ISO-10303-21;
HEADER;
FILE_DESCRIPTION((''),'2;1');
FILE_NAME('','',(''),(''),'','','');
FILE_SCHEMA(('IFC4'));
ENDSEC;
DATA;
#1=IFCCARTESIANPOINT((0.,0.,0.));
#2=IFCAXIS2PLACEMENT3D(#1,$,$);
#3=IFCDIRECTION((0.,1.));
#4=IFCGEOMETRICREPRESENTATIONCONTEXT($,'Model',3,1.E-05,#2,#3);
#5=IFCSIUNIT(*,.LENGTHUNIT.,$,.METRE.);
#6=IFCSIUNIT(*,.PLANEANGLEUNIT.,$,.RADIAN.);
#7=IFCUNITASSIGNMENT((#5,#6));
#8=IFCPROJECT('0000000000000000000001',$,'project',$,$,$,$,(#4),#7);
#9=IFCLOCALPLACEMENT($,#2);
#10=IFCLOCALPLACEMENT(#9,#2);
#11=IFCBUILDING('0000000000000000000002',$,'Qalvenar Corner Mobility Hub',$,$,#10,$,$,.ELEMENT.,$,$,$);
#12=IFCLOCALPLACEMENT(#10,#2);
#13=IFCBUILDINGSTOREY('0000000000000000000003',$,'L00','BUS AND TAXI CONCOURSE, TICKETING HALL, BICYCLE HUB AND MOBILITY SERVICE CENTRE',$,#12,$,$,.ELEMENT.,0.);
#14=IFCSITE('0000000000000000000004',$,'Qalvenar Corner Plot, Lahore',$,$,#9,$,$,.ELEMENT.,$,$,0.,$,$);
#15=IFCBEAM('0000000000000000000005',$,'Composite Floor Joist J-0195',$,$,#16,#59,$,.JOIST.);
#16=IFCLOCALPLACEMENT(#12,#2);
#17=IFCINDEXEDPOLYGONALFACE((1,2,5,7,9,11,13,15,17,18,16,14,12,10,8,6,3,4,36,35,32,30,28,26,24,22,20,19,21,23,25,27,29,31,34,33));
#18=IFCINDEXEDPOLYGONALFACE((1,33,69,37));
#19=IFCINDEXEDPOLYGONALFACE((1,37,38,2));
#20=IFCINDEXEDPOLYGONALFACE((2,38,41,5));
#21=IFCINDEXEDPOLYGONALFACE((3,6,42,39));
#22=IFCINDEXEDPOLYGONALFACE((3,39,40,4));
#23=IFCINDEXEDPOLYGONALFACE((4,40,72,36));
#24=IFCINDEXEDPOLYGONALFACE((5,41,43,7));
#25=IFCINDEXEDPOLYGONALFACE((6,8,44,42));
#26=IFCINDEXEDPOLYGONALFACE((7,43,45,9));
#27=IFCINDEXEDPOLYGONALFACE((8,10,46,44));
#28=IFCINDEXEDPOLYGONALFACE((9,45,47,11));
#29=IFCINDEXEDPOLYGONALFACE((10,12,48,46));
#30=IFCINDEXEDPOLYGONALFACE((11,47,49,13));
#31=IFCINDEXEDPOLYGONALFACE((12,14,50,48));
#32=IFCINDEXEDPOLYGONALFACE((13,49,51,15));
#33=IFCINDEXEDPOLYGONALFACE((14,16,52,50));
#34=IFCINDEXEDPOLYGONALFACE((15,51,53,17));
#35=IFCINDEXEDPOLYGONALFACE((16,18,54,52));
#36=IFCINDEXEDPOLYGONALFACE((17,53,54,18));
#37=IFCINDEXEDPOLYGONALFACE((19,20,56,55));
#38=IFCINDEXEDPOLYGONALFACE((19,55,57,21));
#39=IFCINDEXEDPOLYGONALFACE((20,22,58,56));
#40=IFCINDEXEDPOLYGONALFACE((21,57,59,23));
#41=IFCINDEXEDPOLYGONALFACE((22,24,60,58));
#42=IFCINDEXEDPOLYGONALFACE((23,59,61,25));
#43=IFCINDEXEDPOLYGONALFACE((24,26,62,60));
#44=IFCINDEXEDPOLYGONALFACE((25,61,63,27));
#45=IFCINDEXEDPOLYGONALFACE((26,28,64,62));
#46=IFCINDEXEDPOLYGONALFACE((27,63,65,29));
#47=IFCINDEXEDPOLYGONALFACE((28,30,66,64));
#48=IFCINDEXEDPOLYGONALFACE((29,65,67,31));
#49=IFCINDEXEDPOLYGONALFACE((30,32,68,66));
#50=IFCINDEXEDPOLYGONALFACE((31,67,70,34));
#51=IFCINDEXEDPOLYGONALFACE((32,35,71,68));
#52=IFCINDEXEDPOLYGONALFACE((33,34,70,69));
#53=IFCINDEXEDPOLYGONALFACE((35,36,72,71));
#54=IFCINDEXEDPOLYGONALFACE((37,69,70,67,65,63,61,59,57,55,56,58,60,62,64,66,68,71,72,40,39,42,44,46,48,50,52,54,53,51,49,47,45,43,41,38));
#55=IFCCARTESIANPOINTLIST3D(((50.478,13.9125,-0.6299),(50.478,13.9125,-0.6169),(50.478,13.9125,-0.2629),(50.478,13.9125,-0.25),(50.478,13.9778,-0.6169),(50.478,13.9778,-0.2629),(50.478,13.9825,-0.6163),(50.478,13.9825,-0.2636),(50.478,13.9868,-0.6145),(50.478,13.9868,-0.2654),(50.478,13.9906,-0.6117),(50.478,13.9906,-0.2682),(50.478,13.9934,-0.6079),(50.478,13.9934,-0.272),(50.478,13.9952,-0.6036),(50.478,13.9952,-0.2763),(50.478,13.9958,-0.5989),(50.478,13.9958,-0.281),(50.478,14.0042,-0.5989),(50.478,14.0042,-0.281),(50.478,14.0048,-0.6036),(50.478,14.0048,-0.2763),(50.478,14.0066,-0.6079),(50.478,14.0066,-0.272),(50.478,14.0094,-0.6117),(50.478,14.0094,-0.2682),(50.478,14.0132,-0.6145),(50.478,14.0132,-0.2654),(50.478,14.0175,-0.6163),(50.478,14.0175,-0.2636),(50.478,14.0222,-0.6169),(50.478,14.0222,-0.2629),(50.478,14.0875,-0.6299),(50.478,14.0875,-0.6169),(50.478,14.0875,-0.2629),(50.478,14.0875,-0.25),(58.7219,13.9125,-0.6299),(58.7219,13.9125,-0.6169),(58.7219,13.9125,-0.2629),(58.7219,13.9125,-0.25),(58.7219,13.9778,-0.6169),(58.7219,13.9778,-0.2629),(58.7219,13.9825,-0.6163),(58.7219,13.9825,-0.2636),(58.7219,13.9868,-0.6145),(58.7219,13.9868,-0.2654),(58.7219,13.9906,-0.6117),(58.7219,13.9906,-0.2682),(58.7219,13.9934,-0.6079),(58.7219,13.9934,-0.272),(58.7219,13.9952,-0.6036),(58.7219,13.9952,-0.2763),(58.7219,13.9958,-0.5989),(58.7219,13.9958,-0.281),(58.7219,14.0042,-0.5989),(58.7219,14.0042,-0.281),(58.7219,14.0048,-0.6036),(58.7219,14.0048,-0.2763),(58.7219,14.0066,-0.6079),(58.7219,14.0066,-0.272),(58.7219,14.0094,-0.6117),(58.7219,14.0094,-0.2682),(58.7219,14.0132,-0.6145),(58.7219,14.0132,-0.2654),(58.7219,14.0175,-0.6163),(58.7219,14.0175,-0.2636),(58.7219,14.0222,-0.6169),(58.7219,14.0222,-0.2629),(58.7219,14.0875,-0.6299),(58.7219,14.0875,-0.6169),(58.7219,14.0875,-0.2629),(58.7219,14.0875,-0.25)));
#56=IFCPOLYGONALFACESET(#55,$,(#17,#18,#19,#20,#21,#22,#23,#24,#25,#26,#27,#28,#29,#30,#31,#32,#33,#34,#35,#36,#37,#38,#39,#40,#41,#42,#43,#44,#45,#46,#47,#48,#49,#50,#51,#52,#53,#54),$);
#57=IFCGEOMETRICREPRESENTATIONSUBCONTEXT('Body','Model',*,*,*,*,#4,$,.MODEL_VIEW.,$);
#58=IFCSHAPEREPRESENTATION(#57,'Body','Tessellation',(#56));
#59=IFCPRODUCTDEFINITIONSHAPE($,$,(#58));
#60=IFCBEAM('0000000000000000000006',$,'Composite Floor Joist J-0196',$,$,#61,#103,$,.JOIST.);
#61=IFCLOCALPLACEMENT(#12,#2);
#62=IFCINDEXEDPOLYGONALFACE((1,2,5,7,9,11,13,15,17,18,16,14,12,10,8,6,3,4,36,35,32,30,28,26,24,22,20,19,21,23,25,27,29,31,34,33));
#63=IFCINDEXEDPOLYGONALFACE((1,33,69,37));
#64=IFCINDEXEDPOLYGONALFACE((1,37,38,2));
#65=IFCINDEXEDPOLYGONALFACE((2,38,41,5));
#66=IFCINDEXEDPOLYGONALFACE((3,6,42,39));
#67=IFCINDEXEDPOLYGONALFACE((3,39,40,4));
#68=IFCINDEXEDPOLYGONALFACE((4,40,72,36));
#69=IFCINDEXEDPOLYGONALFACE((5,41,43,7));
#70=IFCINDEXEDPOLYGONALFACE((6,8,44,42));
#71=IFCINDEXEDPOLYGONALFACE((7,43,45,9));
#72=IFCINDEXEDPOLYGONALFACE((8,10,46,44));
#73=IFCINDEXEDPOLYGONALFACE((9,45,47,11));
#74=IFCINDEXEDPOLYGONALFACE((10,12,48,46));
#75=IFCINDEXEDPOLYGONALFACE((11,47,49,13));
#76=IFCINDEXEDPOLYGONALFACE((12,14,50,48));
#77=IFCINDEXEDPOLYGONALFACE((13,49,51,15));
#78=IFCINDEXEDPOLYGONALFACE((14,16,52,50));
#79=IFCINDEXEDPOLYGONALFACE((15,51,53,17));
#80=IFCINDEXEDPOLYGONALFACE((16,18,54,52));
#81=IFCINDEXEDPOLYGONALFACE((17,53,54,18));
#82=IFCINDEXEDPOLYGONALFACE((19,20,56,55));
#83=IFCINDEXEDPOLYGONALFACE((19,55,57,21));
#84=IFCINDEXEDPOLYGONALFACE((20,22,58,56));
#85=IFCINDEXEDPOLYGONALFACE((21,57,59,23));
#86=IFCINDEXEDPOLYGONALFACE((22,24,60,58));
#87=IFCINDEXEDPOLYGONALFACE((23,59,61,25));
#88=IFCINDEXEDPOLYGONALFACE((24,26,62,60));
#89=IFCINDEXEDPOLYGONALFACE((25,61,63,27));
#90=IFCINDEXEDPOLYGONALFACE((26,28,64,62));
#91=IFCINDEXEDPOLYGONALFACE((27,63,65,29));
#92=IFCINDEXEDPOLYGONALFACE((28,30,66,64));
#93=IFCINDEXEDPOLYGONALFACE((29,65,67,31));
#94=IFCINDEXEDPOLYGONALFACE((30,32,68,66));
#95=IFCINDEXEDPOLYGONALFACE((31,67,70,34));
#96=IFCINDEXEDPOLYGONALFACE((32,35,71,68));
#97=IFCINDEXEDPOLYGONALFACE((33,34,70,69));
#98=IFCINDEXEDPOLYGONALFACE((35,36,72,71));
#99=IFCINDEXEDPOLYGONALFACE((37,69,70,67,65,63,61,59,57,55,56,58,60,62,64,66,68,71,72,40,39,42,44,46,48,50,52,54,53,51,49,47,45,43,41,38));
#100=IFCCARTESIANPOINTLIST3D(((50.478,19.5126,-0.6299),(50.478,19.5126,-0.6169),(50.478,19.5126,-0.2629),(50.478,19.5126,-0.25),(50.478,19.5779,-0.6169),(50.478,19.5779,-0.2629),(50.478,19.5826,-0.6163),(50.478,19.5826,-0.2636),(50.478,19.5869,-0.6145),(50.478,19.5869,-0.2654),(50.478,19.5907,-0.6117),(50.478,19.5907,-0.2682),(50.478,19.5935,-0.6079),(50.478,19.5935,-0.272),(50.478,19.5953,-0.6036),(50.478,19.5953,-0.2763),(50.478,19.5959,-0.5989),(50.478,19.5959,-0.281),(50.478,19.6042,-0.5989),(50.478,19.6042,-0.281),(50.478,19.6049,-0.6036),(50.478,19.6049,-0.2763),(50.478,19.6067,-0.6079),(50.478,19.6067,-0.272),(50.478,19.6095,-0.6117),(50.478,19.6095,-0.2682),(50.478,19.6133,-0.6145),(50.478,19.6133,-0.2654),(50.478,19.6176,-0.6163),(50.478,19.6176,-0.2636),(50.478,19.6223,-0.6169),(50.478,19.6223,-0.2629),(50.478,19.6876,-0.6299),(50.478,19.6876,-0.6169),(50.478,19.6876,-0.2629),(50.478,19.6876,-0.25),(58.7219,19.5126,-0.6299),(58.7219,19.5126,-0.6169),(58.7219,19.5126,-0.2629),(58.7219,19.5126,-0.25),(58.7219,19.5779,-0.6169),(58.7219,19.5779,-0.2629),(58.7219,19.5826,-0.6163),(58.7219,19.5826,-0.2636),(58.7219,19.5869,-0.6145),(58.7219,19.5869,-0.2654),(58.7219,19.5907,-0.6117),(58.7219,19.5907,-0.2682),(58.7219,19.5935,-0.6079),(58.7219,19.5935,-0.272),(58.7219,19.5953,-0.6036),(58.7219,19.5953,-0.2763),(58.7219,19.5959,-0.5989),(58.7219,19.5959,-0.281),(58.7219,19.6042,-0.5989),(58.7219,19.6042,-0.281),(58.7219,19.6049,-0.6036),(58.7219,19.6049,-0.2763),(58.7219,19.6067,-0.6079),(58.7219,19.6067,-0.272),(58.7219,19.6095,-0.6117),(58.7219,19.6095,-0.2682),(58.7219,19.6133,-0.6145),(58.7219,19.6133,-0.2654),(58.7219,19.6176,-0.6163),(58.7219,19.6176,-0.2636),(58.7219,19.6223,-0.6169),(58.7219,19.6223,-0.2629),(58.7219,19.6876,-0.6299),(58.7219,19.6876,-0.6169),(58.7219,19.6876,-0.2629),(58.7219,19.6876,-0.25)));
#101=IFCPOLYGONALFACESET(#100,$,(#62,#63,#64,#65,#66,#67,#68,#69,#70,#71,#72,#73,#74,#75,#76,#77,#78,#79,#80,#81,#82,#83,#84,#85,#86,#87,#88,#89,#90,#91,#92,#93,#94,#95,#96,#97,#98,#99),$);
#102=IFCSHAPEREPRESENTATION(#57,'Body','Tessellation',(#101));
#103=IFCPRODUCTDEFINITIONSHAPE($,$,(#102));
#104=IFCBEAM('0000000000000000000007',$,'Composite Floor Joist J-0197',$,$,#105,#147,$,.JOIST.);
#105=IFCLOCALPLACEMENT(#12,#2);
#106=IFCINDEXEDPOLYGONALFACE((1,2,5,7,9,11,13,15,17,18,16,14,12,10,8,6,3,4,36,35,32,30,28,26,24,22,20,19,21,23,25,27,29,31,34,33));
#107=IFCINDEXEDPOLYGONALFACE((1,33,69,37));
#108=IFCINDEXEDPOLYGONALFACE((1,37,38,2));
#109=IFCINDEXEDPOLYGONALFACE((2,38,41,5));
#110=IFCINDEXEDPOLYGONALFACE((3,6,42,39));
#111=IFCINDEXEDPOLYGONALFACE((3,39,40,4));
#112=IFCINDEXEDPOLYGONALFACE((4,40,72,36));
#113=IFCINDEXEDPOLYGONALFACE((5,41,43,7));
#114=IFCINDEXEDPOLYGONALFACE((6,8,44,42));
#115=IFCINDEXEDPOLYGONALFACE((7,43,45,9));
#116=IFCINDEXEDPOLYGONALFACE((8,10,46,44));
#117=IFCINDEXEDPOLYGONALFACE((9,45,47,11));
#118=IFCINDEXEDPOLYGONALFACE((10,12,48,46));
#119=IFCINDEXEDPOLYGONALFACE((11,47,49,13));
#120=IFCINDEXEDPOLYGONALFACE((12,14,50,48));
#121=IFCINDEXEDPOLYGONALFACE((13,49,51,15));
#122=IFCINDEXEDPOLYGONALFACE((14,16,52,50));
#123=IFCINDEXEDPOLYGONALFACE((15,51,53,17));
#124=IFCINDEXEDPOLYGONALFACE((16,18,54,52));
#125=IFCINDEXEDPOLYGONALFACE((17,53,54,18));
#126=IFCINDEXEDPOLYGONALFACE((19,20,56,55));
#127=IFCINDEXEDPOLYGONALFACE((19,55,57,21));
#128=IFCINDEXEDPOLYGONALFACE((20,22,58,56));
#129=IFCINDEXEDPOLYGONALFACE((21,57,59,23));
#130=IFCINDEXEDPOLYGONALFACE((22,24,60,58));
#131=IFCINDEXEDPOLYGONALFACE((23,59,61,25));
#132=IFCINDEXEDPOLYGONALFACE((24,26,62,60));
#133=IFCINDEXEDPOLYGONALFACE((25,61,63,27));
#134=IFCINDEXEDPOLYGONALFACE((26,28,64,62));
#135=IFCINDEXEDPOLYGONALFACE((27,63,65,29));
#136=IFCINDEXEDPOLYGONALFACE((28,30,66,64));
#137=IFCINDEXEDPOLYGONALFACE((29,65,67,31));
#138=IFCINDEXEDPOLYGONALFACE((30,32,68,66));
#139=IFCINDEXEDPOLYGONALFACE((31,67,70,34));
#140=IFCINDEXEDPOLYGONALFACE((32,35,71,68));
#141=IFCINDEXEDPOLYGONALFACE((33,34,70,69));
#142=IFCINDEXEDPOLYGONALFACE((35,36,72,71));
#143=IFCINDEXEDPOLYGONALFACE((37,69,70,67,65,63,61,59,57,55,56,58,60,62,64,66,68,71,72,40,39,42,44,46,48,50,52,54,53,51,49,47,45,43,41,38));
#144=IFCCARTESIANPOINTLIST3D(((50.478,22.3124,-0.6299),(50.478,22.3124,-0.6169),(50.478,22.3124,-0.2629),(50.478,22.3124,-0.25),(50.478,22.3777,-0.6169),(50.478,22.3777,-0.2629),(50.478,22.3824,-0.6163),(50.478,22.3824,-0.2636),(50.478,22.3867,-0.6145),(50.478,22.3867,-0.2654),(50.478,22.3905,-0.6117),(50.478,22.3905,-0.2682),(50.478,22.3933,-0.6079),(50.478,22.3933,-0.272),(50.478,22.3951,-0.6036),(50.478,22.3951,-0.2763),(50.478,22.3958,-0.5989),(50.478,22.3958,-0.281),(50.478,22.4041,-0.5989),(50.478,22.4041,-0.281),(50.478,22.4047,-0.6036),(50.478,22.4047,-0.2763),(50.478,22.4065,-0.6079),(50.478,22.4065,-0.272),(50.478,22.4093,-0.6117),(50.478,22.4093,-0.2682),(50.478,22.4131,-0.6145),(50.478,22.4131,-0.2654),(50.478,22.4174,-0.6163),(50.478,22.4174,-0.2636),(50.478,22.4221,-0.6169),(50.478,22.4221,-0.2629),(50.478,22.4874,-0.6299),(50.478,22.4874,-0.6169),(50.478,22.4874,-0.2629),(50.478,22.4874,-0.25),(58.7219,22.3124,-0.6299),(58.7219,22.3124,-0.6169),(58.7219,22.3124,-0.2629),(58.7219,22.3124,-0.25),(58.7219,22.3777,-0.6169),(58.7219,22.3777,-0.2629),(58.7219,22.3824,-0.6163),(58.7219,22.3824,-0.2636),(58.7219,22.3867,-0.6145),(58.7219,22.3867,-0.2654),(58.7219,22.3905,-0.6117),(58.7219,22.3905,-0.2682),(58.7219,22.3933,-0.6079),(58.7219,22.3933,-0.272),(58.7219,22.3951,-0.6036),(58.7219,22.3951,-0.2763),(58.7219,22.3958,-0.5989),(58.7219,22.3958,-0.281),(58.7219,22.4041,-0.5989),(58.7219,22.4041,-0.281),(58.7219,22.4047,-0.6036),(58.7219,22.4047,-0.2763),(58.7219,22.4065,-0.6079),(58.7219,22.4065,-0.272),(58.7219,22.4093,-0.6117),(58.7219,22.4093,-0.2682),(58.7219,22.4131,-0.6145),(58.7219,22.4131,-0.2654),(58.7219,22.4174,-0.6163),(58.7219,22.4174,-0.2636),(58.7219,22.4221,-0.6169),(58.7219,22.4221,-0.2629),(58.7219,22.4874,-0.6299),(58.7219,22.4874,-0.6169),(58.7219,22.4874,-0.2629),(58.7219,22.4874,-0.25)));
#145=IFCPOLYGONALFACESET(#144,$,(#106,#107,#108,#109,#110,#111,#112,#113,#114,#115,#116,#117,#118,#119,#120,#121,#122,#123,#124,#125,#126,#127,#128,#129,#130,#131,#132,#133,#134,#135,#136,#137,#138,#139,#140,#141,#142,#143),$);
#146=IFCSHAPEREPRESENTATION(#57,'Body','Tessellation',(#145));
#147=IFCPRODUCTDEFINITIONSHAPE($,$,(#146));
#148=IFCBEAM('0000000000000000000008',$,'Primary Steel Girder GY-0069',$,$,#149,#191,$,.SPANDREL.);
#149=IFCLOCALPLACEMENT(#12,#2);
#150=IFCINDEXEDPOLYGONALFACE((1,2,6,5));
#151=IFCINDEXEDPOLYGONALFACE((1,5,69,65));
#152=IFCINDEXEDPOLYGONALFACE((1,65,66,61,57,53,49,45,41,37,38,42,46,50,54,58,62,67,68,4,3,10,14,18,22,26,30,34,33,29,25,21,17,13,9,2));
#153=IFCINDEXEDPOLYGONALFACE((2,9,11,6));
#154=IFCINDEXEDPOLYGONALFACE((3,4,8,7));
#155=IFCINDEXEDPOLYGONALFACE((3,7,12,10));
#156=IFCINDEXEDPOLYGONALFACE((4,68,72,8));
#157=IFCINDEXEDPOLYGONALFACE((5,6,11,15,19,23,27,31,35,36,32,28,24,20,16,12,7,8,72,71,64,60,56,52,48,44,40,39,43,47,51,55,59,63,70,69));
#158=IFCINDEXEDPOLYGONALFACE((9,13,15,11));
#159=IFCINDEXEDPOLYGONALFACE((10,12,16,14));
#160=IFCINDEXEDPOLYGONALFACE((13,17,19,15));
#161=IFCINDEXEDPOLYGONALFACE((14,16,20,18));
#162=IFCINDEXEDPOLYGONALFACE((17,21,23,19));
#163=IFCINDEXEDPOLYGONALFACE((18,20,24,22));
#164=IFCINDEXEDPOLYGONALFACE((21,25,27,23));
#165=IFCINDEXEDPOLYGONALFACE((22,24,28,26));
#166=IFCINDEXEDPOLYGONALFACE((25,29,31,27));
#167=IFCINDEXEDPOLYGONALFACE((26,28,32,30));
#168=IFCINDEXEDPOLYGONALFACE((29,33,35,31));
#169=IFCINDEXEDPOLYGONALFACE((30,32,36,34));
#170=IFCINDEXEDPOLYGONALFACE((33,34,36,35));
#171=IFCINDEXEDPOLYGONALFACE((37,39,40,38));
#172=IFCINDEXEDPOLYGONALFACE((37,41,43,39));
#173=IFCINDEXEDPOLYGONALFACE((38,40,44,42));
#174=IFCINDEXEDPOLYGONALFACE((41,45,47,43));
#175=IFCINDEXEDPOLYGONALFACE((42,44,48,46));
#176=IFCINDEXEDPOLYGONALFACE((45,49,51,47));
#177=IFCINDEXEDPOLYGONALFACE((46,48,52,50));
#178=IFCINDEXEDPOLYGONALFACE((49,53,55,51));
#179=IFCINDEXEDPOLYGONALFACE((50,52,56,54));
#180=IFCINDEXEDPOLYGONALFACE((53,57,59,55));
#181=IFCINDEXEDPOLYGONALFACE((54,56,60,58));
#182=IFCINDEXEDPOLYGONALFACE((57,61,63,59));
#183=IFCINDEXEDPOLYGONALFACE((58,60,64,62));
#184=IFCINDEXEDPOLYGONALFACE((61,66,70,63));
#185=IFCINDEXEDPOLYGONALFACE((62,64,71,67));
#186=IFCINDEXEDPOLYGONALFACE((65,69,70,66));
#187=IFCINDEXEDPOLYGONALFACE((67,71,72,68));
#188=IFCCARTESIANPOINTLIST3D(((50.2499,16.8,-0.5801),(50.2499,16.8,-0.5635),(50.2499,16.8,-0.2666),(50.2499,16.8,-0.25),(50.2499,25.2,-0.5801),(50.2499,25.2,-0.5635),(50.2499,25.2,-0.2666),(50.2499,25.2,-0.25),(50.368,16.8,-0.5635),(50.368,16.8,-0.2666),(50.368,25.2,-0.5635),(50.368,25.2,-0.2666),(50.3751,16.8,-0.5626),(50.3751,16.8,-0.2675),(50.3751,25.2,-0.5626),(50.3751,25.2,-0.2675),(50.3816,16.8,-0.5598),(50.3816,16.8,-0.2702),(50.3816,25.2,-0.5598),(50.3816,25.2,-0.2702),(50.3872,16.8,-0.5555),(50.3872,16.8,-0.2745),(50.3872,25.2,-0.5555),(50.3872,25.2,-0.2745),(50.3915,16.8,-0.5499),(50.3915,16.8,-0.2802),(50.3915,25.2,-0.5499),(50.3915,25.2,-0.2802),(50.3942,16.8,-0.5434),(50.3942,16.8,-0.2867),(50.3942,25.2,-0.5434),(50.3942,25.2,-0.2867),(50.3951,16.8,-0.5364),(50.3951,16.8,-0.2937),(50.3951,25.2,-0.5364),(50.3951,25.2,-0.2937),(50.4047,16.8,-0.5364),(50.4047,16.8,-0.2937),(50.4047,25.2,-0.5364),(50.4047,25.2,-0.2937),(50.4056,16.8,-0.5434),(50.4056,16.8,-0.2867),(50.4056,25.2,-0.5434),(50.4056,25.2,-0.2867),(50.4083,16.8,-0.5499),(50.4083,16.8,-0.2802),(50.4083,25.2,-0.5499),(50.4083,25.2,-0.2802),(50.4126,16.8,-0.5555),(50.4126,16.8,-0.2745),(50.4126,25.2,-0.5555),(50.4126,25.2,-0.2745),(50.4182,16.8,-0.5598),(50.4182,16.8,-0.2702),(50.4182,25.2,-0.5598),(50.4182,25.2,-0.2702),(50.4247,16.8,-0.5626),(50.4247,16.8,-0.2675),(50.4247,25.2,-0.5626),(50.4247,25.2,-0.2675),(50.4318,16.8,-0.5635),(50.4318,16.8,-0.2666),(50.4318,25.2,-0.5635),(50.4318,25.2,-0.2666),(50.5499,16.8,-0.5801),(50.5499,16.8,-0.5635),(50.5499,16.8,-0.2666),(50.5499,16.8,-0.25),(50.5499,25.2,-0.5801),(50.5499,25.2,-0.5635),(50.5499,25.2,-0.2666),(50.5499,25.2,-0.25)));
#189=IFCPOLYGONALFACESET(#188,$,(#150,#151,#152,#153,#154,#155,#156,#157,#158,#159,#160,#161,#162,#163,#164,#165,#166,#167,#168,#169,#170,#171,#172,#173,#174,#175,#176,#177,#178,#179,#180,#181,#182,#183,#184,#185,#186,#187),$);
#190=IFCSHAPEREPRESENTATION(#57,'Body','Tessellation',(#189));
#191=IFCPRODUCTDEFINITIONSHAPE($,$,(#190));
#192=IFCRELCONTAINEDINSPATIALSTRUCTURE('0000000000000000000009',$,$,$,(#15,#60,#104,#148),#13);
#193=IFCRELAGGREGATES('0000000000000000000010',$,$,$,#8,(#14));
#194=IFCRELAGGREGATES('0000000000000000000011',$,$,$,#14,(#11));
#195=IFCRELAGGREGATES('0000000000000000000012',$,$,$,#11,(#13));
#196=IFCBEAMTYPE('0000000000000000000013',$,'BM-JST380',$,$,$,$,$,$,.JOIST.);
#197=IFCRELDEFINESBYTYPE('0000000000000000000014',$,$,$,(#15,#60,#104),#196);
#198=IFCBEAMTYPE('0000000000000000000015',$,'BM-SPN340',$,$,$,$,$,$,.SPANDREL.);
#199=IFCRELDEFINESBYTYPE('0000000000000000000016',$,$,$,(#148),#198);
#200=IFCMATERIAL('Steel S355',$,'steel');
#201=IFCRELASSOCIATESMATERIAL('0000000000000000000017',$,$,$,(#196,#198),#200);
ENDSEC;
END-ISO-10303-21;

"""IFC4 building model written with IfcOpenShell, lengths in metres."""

from ifc_helpers import new_model, si_unit, direction, frame, origin, origin_2d, place, context, subcontext, project, spatial, i_section, extrude, material, material_profile, profile_set, type_object, element, save


model = new_model("IFC4")

# Units and contexts
model_context = context("Model", 3, precision=1e-05, world=origin(), true_north=direction((0.0, 1.0)))
body_context = subcontext(model_context, "Body", "Model", "MODEL_VIEW")
ifc_project = project(units=[si_unit("LENGTHUNIT", "METRE"), si_unit("PLANEANGLEUNIT", "RADIAN")], contexts=[model_context])

# Site, building, storey
site_placement = place(None, origin())
site = spatial("IfcSite", under=ifc_project, at=site_placement, Name="Qalvenar Corner Plot, Lahore", CompositionType="ELEMENT", RefElevation=0.0)
building_placement = place(site_placement, origin())
building = spatial("IfcBuilding", under=site, at=building_placement, Name="Qalvenar Corner Mobility Hub", CompositionType="ELEMENT")
storey_placement = place(building_placement, origin())
storey = spatial("IfcBuildingStorey", under=building, at=storey_placement, Name="L00", Description="BUS AND TAXI CONCOURSE, TICKETING HALL, BICYCLE HUB AND MOBILITY SERVICE CENTRE", CompositionType="ELEMENT", Elevation=0.0)

# Shared definitions
ifc_material_1 = material(Name="Steel S355", Category="steel")

# Beams
ifc_material_profile_1 = material_profile(ifc_material_1, i_section(OverallWidth=0.175, OverallDepth=0.3799, WebThickness=0.0083, FlangeThickness=0.0129, FilletRadius=0.0181, at=origin_2d()), Name="IPE380-EQ")
ifc_profile_set_1 = profile_set([ifc_material_profile_1], Name="Steel S355")
beam_type_1 = type_object("IfcBeamType", Name="BM-JST380", PredefinedType="JOIST", material=ifc_profile_set_1)
for number, where, z_axis, x_axis, name in (
    (1, (50.478, 14.0, -0.4399), (1.0, 0.0, 0.0), (0.0, 1.0, 0.0), "Composite Floor Joist J-0195"),
    (2, (50.478, 19.6001, -0.4399), (1.0, 0.0, 0.0), (0.0, 1.0, 0.0), "Composite Floor Joist J-0196"),
    (3, (50.478, 22.3999, -0.4399), (1.0, 0.0, 0.0), (0.0, 1.0, 0.0), "Composite Floor Joist J-0197"),
):
    element("IfcBeam", number, at=place(storey_placement, frame(where, z_axis=z_axis, x_axis=x_axis)), inside=storey, type_object=beam_type_1, Name=name, PredefinedType="JOIST", context=body_context, shape_type="SweptSolid", body=[
        extrude(i_section(OverallWidth=0.175, OverallDepth=0.3799, WebThickness=0.0083, FlangeThickness=0.0129, FilletRadius=0.0181, at=origin_2d()), origin(), (0.0, 0.0, 1.0), 8.2439),
    ])
ifc_material_profile_2 = material_profile(ifc_material_1, i_section(OverallWidth=0.3, OverallDepth=0.3301, WebThickness=0.0095, FlangeThickness=0.0166, FilletRadius=0.0271, at=origin_2d()), Name="HEA340")
ifc_profile_set_2 = profile_set([ifc_material_profile_2], Name="Steel S355")
beam_type_2 = type_object("IfcBeamType", Name="BM-SPN340", PredefinedType="SPANDREL", material=ifc_profile_set_2)
beam_1_placement = place(storey_placement, frame((50.3999, 16.8, -0.415), z_axis=(0.0, 1.0, 0.0), x_axis=(-1.0, 0.0, 0.0)))
element("IfcBeam", 4, at=beam_1_placement, inside=storey, type_object=beam_type_2, Name="Primary Steel Girder GY-0069", PredefinedType="SPANDREL", context=body_context, shape_type="SweptSolid", body=[
    extrude(i_section(OverallWidth=0.3, OverallDepth=0.3301, WebThickness=0.0095, FlangeThickness=0.0166, FilletRadius=0.0271, at=origin_2d()), origin(), (0.0, 0.0, 1.0), 8.3999),
])

save(model, "model.ifc")
